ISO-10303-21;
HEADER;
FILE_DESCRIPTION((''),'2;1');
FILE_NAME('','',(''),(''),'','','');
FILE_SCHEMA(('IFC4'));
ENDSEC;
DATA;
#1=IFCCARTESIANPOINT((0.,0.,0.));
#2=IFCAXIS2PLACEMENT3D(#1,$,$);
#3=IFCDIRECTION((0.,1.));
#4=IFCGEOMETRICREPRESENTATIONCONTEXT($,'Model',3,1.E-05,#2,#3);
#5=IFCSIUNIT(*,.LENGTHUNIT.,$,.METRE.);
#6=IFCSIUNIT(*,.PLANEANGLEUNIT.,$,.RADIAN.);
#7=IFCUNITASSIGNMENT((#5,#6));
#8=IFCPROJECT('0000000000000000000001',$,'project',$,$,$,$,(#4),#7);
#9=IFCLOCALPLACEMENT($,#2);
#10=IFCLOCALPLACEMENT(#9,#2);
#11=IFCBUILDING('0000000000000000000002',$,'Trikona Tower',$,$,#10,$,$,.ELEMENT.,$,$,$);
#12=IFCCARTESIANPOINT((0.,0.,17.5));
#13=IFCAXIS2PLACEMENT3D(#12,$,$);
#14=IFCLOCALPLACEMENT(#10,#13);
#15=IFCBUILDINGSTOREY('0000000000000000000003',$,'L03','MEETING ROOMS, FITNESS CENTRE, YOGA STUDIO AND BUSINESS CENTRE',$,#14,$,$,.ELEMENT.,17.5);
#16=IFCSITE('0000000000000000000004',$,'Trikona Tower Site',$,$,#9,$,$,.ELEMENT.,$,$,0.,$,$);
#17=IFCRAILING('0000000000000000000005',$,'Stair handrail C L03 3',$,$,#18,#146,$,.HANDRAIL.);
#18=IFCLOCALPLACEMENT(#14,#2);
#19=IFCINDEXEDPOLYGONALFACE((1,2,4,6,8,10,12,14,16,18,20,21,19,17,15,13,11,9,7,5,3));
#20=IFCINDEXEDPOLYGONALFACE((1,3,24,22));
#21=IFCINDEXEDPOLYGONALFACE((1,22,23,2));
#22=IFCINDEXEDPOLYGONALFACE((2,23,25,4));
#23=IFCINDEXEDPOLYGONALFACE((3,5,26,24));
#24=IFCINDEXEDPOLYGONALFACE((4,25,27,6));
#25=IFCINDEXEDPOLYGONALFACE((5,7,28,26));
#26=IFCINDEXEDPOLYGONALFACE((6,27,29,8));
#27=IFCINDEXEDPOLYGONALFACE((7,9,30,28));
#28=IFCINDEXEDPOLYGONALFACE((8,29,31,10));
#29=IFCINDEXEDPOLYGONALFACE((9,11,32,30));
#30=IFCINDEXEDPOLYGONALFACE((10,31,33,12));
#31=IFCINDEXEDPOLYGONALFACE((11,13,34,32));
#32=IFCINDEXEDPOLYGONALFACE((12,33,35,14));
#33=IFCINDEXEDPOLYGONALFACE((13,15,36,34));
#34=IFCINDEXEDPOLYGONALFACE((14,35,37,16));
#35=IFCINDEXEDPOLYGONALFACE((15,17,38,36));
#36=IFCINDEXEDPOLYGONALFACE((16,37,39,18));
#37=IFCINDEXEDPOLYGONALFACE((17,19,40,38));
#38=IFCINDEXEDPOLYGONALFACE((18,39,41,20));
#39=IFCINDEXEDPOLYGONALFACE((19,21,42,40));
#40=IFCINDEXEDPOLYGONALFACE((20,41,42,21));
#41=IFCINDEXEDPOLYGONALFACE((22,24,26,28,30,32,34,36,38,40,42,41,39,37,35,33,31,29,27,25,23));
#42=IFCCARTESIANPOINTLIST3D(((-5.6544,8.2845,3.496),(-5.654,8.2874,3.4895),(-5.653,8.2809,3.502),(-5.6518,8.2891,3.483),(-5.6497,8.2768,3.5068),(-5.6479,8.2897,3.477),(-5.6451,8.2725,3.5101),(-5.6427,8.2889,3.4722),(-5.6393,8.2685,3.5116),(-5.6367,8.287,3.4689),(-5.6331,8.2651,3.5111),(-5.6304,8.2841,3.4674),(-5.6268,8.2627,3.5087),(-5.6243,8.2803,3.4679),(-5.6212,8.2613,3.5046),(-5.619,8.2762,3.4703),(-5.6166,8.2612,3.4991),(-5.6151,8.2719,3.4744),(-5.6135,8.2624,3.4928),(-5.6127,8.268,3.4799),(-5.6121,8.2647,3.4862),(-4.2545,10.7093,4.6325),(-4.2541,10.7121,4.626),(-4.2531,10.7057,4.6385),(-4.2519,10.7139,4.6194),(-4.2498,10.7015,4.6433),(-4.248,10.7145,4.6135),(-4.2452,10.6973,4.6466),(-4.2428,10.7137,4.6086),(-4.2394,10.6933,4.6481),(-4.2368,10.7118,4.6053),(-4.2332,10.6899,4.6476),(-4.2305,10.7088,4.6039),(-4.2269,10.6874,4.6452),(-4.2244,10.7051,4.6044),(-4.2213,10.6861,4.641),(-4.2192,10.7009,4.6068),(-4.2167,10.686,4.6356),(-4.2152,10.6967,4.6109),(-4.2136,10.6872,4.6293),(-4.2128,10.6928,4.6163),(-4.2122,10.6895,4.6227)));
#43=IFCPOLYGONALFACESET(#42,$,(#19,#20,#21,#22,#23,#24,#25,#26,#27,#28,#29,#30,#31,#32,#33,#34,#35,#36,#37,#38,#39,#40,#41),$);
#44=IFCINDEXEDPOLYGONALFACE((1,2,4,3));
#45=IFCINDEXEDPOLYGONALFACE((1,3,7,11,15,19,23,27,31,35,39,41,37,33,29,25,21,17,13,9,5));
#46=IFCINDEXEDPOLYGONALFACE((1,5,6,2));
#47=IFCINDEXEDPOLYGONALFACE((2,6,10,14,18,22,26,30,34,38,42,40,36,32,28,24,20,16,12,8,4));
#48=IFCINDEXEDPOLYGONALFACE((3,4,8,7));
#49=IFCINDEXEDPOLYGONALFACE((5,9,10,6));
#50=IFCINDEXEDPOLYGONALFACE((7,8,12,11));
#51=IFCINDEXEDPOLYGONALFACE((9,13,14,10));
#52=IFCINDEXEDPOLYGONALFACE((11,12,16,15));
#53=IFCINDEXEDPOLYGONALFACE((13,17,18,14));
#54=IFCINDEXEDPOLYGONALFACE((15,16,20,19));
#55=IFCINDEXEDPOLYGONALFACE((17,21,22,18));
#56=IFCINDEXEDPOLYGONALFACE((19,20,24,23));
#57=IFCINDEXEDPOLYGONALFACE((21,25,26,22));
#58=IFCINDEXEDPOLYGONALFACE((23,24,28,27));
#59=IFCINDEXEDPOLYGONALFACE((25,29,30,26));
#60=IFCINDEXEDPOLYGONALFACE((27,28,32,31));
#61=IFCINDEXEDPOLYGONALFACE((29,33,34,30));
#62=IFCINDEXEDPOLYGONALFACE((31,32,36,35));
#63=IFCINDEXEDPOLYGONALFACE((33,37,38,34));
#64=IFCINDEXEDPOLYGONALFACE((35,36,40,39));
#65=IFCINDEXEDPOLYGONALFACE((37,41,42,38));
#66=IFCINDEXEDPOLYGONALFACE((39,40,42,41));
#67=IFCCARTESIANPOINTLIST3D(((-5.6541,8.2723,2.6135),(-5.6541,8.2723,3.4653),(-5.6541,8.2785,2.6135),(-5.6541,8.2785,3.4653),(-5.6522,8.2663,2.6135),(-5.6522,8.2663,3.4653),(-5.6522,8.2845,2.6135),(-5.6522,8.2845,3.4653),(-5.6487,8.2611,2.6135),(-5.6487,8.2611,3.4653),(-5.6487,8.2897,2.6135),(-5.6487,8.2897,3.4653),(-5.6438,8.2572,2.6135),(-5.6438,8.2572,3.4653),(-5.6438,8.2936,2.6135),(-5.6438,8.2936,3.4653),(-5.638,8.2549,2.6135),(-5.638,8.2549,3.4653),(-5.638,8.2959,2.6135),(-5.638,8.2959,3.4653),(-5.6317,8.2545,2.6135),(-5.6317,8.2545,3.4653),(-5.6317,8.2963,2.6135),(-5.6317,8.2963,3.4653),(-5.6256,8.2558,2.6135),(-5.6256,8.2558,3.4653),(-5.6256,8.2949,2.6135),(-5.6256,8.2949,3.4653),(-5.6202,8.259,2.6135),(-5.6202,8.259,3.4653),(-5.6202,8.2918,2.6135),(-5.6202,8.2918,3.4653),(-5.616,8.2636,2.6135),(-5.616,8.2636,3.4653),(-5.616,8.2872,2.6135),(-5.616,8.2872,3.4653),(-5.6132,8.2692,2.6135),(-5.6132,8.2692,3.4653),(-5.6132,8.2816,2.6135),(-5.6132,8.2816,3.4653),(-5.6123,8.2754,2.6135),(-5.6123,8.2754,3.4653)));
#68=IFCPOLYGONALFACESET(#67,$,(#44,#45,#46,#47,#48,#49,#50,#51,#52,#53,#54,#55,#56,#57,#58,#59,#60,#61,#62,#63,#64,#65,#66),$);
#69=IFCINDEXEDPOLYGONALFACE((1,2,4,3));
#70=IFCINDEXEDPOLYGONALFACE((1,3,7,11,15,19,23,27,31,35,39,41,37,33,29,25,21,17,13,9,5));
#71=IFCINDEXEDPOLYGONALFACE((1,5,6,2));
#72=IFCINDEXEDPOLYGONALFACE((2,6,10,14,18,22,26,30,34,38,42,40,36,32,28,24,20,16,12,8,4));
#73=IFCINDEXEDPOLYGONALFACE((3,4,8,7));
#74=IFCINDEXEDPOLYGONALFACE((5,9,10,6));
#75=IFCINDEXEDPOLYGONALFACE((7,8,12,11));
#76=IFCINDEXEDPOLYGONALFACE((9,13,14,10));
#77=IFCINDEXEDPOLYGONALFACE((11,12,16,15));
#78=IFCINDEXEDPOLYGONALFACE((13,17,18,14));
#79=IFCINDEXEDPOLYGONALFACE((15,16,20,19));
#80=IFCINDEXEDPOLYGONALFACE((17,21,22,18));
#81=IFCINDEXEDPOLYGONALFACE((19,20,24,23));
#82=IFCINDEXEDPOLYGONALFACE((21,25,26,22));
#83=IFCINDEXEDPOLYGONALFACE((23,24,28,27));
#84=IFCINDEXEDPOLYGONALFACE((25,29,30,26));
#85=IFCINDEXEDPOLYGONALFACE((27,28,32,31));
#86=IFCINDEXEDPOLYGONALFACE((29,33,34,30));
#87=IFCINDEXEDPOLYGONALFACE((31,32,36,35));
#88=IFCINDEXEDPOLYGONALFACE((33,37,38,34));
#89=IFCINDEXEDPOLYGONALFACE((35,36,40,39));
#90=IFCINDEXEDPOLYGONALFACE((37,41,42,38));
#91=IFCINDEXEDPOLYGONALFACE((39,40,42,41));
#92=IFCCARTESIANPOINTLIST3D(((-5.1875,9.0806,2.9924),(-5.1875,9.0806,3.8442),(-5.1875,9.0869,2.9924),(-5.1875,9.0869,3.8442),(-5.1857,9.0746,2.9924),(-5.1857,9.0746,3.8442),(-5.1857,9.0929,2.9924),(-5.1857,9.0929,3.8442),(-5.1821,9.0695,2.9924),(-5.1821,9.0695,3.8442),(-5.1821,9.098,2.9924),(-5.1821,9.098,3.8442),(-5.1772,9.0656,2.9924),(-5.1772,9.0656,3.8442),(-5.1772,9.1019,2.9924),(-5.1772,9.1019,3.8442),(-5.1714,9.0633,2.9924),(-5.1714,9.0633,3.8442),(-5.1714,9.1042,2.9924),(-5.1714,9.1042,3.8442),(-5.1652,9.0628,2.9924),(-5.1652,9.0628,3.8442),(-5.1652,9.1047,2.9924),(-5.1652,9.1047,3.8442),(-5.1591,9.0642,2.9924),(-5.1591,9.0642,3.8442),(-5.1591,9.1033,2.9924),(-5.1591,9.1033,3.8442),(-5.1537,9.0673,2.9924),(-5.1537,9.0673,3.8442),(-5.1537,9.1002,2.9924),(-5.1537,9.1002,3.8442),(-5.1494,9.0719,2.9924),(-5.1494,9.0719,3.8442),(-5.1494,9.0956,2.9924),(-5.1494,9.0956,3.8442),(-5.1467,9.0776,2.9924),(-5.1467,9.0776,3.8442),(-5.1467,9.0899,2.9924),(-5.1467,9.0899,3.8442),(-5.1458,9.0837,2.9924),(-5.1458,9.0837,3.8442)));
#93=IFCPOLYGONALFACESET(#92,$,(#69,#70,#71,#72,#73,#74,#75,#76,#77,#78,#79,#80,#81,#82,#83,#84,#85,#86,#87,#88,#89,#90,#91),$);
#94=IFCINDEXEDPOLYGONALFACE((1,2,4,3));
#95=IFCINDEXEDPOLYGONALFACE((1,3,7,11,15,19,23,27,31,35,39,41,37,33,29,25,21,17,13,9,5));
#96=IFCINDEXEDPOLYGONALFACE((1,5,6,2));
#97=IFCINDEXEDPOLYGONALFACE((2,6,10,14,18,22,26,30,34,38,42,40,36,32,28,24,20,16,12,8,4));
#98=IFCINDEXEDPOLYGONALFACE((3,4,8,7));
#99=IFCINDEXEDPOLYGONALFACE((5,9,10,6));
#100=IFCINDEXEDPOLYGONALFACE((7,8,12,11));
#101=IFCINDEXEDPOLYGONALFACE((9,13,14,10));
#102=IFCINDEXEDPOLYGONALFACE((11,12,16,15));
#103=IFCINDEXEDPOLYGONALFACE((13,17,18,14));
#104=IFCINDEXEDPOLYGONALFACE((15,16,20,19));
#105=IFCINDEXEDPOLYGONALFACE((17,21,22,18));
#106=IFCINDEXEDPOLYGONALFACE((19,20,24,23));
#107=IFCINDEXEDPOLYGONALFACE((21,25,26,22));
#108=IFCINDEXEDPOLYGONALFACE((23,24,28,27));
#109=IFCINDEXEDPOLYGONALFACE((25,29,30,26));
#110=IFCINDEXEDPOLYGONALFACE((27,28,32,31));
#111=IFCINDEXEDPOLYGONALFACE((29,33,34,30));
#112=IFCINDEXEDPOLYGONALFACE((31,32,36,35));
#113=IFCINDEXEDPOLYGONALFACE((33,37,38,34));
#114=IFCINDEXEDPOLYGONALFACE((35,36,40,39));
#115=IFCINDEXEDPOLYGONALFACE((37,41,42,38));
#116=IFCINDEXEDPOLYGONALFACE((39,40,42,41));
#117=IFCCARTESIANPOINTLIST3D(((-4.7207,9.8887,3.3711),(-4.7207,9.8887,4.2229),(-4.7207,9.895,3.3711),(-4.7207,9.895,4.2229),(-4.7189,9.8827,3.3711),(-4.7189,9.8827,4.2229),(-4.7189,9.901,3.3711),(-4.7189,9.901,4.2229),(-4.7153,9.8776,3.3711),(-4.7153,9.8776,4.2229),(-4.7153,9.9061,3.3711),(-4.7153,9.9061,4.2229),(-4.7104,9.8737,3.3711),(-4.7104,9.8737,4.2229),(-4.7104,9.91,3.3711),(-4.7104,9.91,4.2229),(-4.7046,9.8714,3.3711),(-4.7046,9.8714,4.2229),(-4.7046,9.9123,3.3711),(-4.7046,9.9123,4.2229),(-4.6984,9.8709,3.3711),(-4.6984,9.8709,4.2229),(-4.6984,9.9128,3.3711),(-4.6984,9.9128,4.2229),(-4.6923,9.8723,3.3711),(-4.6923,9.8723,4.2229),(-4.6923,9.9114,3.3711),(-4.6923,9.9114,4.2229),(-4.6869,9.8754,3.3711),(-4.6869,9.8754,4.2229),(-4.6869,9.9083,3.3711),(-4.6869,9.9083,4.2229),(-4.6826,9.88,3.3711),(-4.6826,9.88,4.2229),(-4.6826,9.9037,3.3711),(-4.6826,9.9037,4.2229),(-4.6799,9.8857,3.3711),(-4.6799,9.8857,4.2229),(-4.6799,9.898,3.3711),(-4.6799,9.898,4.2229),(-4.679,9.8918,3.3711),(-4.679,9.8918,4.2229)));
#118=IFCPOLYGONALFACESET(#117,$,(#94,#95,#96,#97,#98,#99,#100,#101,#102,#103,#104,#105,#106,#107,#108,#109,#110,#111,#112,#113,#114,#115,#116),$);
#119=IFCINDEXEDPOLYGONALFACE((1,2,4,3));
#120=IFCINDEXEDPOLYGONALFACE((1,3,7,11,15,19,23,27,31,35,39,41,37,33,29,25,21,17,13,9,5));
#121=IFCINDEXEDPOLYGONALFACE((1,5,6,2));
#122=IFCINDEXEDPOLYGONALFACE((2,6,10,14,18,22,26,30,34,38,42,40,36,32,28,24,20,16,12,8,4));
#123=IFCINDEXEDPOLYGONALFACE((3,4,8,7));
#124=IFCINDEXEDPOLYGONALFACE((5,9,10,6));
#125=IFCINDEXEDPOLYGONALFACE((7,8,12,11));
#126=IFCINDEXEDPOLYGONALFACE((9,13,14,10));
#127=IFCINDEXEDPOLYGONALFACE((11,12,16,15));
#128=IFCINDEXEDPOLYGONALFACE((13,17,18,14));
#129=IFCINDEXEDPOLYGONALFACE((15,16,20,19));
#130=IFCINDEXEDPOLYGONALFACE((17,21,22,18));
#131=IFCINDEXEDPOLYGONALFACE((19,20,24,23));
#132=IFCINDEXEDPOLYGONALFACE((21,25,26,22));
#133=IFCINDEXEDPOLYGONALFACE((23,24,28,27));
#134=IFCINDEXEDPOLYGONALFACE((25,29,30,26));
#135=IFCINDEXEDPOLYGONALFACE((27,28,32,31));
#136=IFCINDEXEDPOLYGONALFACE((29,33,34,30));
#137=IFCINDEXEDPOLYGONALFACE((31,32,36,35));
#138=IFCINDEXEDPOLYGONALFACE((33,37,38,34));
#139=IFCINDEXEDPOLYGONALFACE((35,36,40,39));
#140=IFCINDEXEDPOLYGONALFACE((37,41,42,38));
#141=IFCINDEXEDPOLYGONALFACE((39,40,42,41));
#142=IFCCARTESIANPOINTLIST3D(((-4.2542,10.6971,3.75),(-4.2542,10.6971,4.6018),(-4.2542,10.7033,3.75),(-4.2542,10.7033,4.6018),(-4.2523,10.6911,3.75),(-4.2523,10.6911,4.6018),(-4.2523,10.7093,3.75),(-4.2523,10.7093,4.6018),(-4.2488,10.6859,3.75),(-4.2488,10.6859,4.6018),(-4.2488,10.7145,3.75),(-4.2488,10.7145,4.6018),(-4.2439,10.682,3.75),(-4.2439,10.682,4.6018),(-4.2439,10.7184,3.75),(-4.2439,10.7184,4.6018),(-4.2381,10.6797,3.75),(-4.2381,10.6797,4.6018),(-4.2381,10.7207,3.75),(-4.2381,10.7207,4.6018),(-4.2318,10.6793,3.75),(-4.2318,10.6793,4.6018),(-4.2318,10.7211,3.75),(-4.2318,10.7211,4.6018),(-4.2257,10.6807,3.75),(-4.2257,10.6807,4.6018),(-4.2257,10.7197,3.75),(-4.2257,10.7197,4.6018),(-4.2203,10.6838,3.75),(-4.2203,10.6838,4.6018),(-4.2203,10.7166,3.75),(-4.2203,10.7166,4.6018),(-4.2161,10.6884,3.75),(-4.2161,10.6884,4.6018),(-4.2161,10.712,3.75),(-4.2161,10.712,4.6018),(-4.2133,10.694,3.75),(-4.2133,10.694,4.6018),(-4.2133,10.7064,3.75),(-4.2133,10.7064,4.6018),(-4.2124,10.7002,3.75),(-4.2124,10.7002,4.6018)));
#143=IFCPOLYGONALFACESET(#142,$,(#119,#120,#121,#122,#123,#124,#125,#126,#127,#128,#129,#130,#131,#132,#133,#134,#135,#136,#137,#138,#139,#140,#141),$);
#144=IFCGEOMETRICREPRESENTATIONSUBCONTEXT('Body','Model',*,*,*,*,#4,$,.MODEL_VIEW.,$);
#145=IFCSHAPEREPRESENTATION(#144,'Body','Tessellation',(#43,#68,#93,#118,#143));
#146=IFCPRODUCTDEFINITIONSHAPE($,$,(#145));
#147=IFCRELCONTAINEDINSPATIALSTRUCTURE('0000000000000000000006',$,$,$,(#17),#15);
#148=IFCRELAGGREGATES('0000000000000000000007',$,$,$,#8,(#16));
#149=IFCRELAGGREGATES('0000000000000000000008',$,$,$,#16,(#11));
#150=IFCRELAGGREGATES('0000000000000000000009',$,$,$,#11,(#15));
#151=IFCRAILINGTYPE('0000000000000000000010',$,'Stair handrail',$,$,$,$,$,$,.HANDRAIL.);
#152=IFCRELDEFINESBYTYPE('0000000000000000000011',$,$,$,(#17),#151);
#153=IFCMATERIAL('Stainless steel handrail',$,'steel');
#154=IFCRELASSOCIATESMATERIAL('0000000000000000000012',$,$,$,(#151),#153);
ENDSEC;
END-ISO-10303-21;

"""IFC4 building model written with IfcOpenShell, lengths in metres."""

from ifc_helpers import new_model, si_unit, direction, frame, origin, origin_2d, place, context, subcontext, project, spatial, circle, extrude, material, type_object, element, save


model = new_model("IFC4")

# Units and contexts
model_context = context("Model", 3, precision=1e-05, world=origin(), true_north=direction((0.0, 1.0)))
body_context = subcontext(model_context, "Body", "Model", "MODEL_VIEW")
ifc_project = project(units=[si_unit("LENGTHUNIT", "METRE"), si_unit("PLANEANGLEUNIT", "RADIAN")], contexts=[model_context])

# Site, building, storey
site_placement = place(None, origin())
site = spatial("IfcSite", under=ifc_project, at=site_placement, Name="Trikona Tower Site", CompositionType="ELEMENT", RefElevation=0.0)
building_placement = place(site_placement, origin())
building = spatial("IfcBuilding", under=site, at=building_placement, Name="Trikona Tower", CompositionType="ELEMENT")
storey_placement = place(building_placement, frame((0.0, 0.0, 17.5)))
storey = spatial("IfcBuildingStorey", under=building, at=storey_placement, Name="L03", Description="MEETING ROOMS, FITNESS CENTRE, YOGA STUDIO AND BUSINESS CENTRE", CompositionType="ELEMENT", Elevation=17.5)

# Railing
ifc_material_1 = material(Name="Stainless steel handrail", Category="steel")
railing_type = type_object("IfcRailingType", Name="Stair handrail", PredefinedType="HANDRAIL", material=ifc_material_1)
railing_1_placement = place(storey_placement, frame((-5.6333, 8.2754, 2.6135)))
element("IfcRailing", 1, at=railing_1_placement, inside=storey, type_object=railing_type, Name="Stair handrail C L03 3", PredefinedType="HANDRAIL", context=body_context, shape_type="SweptSolid", body=[
    extrude(circle(Radius=0.0239, at=origin_2d()), frame((0.0, 0.0, 0.876), z_axis=(0.463275, 0.80245, 0.376098), x_axis=(-0.866035, 0.499984, 0.0)), (0.0, 0.0, 1.0), 3.0217),
    extrude(circle(Radius=0.021, at=origin_2d()), origin(), (0.0, 0.0, 1.0), 0.8518),
    extrude(circle(Radius=0.021, at=origin_2d()), frame((0.4666, 0.8083, 0.3789)), (0.0, 0.0, 1.0), 0.8518),
    extrude(circle(Radius=0.021, at=origin_2d()), frame((0.9333, 1.6165, 0.7576)), (0.0, 0.0, 1.0), 0.8518),
    extrude(circle(Radius=0.021, at=origin_2d()), frame((1.3999, 2.4248, 1.1365)), (0.0, 0.0, 1.0), 0.8518),
])

save(model, "model.ifc")
